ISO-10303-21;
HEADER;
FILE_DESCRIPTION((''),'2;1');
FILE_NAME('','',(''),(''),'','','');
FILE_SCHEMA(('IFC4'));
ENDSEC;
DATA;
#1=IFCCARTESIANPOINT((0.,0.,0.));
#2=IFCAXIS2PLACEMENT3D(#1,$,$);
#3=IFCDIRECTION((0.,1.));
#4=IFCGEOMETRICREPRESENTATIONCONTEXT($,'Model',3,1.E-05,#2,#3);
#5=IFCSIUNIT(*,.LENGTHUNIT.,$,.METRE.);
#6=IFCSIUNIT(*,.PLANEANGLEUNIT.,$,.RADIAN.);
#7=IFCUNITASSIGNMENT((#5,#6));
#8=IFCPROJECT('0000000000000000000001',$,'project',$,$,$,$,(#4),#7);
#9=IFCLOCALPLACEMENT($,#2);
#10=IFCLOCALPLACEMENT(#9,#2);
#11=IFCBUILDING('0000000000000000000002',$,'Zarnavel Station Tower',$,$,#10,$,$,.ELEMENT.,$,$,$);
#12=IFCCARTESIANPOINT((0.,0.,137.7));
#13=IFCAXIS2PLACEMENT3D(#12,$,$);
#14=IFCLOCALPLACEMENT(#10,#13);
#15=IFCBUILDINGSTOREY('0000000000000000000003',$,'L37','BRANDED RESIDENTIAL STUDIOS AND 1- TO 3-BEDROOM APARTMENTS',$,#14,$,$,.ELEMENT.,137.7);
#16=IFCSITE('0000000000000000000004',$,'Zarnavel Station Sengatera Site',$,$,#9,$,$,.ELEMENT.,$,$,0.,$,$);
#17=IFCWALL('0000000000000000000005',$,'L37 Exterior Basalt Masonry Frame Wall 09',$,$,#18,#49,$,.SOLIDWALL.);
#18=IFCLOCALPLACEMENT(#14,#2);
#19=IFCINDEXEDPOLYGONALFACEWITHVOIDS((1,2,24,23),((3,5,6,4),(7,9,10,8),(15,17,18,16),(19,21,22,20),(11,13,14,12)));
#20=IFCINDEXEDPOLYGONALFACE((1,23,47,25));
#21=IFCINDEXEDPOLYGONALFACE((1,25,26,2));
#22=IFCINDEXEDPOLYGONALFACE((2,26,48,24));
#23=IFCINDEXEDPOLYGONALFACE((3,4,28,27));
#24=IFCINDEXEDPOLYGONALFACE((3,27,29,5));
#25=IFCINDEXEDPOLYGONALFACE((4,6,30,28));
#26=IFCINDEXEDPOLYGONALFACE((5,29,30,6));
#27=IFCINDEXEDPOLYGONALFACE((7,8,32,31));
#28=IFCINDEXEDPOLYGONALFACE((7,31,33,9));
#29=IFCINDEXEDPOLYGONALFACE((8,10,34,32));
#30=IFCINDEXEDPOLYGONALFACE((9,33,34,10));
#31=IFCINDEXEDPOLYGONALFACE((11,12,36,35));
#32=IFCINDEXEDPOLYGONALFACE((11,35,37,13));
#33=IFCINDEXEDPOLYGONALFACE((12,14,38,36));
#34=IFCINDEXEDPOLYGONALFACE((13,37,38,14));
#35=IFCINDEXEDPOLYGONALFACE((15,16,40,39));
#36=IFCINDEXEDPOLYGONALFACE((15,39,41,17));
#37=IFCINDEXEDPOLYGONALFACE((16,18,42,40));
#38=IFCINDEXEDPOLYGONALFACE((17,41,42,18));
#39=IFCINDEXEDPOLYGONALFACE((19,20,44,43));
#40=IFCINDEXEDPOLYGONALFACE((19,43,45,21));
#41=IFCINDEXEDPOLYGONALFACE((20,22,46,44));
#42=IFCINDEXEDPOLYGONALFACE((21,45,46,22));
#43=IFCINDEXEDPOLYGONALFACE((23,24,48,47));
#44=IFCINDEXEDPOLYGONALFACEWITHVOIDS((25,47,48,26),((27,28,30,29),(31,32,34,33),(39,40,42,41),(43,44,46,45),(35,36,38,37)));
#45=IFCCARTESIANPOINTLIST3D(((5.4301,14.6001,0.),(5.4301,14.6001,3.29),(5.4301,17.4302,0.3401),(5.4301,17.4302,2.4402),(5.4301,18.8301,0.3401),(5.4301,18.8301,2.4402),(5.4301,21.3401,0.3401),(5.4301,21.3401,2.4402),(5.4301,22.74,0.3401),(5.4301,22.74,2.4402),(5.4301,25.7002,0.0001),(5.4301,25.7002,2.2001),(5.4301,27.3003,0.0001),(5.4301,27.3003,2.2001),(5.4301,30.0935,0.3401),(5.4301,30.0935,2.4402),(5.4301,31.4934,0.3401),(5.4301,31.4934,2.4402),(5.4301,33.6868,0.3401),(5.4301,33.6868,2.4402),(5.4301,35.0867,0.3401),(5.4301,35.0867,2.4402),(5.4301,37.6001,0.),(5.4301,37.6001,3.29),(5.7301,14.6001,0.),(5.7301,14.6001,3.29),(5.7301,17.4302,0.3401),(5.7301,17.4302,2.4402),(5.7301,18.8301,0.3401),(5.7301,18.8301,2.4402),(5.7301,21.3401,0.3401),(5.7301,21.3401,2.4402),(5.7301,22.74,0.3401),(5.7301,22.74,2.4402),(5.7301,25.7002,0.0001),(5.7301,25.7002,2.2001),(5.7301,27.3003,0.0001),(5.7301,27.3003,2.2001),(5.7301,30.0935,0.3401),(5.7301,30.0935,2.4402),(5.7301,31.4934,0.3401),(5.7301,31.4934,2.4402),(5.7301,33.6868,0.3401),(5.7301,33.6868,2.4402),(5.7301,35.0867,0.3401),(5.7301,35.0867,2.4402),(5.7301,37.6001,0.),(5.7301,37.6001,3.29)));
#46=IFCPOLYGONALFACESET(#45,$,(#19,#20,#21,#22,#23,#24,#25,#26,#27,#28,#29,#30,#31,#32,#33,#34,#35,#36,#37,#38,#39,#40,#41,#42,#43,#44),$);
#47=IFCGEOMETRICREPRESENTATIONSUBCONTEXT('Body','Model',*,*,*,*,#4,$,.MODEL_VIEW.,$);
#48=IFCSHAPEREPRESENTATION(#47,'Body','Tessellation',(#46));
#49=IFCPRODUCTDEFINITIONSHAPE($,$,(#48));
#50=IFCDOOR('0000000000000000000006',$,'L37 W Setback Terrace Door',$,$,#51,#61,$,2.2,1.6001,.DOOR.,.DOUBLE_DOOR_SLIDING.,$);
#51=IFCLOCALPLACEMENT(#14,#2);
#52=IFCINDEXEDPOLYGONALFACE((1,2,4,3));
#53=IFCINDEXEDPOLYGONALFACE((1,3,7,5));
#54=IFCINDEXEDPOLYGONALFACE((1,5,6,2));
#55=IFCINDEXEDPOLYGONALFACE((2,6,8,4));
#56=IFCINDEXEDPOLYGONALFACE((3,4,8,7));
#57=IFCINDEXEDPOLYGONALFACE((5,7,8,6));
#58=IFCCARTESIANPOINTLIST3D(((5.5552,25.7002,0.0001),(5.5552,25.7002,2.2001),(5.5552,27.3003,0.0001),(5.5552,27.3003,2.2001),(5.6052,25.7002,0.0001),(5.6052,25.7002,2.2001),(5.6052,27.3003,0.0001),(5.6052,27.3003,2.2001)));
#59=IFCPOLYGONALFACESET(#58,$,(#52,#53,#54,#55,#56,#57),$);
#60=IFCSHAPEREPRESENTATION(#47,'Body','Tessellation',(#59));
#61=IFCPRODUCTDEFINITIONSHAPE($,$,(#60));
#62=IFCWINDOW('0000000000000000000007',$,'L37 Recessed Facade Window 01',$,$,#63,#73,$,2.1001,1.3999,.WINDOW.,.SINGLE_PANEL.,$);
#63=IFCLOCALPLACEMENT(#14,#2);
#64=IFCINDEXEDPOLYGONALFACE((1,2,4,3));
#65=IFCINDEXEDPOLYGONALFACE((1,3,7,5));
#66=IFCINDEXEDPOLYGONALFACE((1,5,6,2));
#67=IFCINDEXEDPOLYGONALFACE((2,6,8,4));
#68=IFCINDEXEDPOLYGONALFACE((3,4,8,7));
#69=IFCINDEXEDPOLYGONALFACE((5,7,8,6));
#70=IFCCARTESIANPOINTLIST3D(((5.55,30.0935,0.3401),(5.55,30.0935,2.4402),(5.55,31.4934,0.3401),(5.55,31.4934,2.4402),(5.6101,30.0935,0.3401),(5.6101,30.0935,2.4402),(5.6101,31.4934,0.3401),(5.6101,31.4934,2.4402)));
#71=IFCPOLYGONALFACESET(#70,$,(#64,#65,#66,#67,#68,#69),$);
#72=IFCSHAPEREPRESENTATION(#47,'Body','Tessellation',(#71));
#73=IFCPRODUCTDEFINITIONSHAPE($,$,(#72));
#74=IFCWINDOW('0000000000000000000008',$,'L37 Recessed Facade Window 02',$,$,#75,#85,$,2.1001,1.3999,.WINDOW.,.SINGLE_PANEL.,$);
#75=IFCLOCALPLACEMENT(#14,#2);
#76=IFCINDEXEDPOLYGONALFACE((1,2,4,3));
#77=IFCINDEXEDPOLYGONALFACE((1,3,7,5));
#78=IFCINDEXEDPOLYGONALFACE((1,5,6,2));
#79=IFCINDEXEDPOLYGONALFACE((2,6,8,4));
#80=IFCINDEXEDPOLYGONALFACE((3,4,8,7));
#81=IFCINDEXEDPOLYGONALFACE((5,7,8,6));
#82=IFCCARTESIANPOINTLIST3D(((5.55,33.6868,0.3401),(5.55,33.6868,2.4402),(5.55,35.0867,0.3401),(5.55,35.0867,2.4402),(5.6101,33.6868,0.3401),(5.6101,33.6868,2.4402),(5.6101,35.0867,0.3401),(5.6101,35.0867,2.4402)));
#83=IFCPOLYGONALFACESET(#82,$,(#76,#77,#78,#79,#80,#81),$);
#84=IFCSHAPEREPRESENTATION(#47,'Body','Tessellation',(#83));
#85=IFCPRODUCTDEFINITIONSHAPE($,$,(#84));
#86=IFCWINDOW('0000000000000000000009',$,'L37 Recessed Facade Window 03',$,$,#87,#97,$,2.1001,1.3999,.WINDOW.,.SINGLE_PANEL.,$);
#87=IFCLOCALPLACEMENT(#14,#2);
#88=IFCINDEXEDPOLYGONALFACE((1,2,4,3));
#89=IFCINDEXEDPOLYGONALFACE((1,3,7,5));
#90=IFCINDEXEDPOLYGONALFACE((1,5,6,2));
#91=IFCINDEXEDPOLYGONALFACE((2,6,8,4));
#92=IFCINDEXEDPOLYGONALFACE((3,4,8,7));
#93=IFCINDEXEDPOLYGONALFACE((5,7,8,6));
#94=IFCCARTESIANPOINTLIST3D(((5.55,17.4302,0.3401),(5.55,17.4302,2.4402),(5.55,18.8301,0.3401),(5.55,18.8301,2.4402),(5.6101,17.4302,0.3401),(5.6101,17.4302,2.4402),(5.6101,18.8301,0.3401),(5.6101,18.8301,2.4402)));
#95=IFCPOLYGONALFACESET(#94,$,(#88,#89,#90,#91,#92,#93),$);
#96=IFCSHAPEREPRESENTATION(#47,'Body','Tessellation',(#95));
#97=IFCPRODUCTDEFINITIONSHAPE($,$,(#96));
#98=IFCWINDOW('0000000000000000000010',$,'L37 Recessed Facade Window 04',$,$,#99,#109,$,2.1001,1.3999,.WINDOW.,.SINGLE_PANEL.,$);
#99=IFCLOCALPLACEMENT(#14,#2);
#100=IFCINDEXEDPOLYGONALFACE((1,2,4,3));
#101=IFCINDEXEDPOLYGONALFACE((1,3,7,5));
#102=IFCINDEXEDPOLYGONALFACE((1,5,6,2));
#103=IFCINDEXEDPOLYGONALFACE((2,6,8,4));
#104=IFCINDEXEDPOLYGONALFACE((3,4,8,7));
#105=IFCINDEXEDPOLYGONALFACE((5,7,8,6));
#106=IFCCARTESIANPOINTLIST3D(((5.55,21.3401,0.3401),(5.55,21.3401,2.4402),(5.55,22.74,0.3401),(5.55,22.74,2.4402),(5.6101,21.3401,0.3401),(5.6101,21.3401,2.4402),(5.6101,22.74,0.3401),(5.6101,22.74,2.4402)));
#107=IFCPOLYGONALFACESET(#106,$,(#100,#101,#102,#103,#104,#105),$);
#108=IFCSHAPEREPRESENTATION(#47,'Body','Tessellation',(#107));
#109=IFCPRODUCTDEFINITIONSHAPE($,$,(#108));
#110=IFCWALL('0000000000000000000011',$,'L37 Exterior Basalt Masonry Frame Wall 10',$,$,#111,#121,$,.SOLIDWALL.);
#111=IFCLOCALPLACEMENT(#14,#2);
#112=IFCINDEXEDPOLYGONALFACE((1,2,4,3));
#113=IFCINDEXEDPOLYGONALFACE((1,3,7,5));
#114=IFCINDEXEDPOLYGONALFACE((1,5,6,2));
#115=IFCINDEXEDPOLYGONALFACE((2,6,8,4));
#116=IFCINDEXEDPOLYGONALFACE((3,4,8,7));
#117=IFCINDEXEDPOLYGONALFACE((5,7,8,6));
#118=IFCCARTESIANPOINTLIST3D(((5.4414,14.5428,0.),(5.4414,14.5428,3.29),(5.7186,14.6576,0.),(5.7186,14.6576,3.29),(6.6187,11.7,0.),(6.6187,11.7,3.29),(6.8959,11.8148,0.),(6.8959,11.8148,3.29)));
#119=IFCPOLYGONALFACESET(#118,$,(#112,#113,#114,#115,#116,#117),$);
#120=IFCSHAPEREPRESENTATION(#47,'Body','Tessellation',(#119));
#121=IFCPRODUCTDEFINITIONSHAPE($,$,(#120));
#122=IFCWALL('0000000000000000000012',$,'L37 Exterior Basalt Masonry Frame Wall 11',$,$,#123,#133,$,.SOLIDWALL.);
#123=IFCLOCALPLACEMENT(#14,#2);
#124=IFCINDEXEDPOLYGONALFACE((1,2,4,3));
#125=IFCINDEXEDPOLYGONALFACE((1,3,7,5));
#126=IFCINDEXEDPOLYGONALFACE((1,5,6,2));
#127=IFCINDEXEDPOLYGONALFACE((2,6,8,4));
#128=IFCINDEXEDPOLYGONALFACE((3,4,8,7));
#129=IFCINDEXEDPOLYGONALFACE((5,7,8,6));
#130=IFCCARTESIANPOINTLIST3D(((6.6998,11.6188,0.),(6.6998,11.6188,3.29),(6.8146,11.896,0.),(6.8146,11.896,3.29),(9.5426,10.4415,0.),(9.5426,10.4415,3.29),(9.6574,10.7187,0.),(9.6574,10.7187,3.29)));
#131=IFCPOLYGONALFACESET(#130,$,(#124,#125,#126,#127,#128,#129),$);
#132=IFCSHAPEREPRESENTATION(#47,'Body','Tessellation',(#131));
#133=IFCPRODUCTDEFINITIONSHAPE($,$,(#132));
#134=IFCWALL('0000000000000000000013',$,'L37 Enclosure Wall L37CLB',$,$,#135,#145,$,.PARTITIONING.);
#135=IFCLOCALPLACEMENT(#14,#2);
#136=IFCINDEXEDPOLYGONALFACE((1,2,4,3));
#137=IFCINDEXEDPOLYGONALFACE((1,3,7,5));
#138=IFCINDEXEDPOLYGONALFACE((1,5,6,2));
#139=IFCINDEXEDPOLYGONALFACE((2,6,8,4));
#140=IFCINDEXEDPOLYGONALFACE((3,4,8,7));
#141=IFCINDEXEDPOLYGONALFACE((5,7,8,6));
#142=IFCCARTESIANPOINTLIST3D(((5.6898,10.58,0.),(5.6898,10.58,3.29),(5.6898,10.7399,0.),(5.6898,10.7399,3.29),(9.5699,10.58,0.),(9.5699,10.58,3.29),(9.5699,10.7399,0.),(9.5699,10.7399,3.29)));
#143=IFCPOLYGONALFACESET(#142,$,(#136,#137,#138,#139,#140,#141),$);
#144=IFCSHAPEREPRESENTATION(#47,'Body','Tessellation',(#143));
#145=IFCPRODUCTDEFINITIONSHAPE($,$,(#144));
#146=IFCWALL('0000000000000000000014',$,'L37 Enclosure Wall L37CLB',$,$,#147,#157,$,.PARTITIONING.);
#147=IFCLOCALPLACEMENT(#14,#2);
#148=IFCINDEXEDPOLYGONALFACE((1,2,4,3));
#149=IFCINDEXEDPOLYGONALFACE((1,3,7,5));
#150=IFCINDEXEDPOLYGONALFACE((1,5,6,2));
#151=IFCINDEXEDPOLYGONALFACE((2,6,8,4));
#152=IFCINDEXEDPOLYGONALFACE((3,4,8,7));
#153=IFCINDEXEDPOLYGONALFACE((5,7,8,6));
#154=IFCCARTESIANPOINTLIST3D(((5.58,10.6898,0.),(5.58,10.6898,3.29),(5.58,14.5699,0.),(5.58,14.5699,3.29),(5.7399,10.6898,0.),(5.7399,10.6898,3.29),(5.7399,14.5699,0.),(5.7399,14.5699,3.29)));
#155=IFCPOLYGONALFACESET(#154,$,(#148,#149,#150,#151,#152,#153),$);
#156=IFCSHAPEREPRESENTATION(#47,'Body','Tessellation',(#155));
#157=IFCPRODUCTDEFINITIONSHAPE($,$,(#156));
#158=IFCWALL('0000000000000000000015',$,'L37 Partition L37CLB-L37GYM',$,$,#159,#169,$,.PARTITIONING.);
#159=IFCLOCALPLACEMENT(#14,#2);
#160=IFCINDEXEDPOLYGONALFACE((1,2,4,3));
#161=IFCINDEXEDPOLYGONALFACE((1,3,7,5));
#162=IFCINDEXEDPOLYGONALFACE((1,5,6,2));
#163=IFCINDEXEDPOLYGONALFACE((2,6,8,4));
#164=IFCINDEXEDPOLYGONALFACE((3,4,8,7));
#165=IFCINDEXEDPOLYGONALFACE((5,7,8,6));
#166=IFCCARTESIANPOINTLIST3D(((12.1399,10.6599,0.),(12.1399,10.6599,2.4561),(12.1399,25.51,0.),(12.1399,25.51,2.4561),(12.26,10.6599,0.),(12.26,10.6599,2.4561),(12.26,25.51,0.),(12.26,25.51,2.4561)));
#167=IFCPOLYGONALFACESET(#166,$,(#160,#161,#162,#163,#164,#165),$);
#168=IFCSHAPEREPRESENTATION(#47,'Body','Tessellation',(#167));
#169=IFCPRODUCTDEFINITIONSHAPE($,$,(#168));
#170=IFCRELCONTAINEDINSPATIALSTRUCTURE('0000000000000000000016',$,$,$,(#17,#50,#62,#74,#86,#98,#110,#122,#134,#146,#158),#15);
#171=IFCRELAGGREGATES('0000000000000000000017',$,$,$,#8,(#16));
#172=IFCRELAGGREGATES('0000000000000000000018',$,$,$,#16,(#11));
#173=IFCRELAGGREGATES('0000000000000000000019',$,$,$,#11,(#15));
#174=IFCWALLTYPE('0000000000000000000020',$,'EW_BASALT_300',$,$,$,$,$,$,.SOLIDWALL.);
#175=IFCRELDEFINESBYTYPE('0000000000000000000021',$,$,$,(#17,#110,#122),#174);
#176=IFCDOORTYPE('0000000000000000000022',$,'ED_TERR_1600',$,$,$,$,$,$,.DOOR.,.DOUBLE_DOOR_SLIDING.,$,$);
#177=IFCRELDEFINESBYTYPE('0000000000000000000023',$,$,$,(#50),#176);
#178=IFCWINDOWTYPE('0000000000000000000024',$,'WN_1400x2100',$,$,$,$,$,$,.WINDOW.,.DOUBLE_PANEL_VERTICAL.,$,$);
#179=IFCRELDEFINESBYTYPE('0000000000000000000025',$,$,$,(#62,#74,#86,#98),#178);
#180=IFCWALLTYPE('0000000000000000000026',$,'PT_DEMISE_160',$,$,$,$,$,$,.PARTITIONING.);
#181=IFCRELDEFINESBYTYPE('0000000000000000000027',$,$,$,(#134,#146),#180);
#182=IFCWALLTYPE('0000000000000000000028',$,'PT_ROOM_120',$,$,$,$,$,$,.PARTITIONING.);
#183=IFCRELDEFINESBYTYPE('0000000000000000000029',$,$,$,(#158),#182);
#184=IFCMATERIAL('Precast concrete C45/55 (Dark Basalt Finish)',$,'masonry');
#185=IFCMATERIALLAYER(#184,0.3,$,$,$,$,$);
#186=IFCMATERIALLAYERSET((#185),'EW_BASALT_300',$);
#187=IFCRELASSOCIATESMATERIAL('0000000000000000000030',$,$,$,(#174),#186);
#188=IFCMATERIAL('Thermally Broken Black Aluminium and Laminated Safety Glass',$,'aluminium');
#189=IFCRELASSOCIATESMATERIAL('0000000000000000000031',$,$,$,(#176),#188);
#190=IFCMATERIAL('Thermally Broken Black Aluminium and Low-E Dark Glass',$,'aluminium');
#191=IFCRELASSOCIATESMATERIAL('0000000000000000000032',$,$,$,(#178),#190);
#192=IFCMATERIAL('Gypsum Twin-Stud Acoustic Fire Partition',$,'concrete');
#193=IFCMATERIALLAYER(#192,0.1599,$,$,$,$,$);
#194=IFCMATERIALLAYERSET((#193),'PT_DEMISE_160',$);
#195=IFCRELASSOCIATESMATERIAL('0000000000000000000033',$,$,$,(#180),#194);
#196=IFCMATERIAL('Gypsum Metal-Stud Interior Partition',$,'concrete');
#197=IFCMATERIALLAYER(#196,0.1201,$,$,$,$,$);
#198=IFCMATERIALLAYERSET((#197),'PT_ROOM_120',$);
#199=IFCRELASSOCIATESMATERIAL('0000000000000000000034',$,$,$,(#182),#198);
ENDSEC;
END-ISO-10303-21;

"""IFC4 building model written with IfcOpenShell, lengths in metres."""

from ifc_helpers import new_model, si_unit, direction, frame, frame_2d, origin, place, context, subcontext, project, spatial, rectangle, extrude, material, layer, layer_set, type_object, element, fill, save


model = new_model("IFC4")

# Units and contexts
model_context = context("Model", 3, precision=1e-05, world=origin(), true_north=direction((0.0, 1.0)))
body_context = subcontext(model_context, "Body", "Model", "MODEL_VIEW")
ifc_project = project(units=[si_unit("LENGTHUNIT", "METRE"), si_unit("PLANEANGLEUNIT", "RADIAN")], contexts=[model_context])

# Site, building, storey
site_placement = place(None, origin())
site = spatial("IfcSite", under=ifc_project, at=site_placement, Name="Zarnavel Station Sengatera Site", CompositionType="ELEMENT", RefElevation=0.0)
building_placement = place(site_placement, origin())
building = spatial("IfcBuilding", under=site, at=building_placement, Name="Zarnavel Station Tower", CompositionType="ELEMENT")
storey_placement = place(building_placement, frame((0.0, 0.0, 137.7)))
storey = spatial("IfcBuildingStorey", under=building, at=storey_placement, Name="L37", Description="BRANDED RESIDENTIAL STUDIOS AND 1- TO 3-BEDROOM APARTMENTS", CompositionType="ELEMENT", Elevation=137.7)

# Wall, openings, door, windows
ifc_material_1 = material(Name="Precast concrete C45/55 (Dark Basalt Finish)", Category="masonry")
ifc_layer_1 = layer(ifc_material_1, 0.3)
ifc_layer_set_1 = layer_set([ifc_layer_1], Name="EW_BASALT_300")
wall_type_1 = type_object("IfcWallType", Name="EW_BASALT_300", PredefinedType="SOLIDWALL", material=ifc_layer_set_1)
wall_1_placement = place(storey_placement, frame((5.5801, 14.6001, 0.0), z_axis=(0.0, 0.0, 1.0), x_axis=(0.0, 1.0, 0.0)))
wall_1 = element("IfcWall", 1, at=wall_1_placement, inside=storey, type_object=wall_type_1, Name="L37 Exterior Basalt Masonry Frame Wall 09", PredefinedType="SOLIDWALL", context=body_context, shape_type="SweptSolid", body=[
    extrude(rectangle(XDim=23.0, YDim=0.3, at=frame_2d((11.5, 0.0))), origin(), (0.0, 0.0, 1.0), 3.29),
])
opening_1_placement = place(wall_1_placement, frame((11.1001, 0.0, 0.0)))
opening_1 = element("IfcOpeningElement", 2, at=opening_1_placement, cuts=wall_1, PredefinedType="OPENING", context=body_context, shape_type="SweptSolid", body=[
    extrude(rectangle(XDim=1.6001, YDim=2.2, at=frame_2d((0.8, 1.1001))), frame((0.0, 0.1599, 0.0), z_axis=(0.0, -1.0, 0.0), x_axis=(1.0, 0.0, 0.0)), (0.0, 0.0, 1.0), 0.3201),
])
opening_2_placement = place(wall_1_placement, frame((15.4934, 0.0, 0.3401)))
opening_2 = element("IfcOpeningElement", 3, at=opening_2_placement, cuts=wall_1, PredefinedType="OPENING", context=body_context, shape_type="SweptSolid", body=[
    extrude(rectangle(XDim=1.3999, YDim=2.1001, at=frame_2d((0.7, 1.05))), frame((0.0, 0.1599, 0.0), z_axis=(0.0, -1.0, 0.0), x_axis=(1.0, 0.0, 0.0)), (0.0, 0.0, 1.0), 0.3201),
])
opening_3_placement = place(wall_1_placement, frame((19.0867, 0.0, 0.3401)))
opening_3 = element("IfcOpeningElement", 4, at=opening_3_placement, cuts=wall_1, PredefinedType="OPENING", context=body_context, shape_type="SweptSolid", body=[
    extrude(rectangle(XDim=1.3999, YDim=2.1001, at=frame_2d((0.7, 1.05))), frame((0.0, 0.1599, 0.0), z_axis=(0.0, -1.0, 0.0), x_axis=(1.0, 0.0, 0.0)), (0.0, 0.0, 1.0), 0.3201),
])
opening_4_placement = place(wall_1_placement, frame((2.8301, 0.0, 0.3401)))
opening_4 = element("IfcOpeningElement", 5, at=opening_4_placement, cuts=wall_1, PredefinedType="OPENING", context=body_context, shape_type="SweptSolid", body=[
    extrude(rectangle(XDim=1.3999, YDim=2.1001, at=frame_2d((0.7, 1.05))), frame((0.0, 0.1599, 0.0), z_axis=(0.0, -1.0, 0.0), x_axis=(1.0, 0.0, 0.0)), (0.0, 0.0, 1.0), 0.3201),
])
opening_5_placement = place(wall_1_placement, frame((6.74, 0.0, 0.3401)))
opening_5 = element("IfcOpeningElement", 6, at=opening_5_placement, cuts=wall_1, PredefinedType="OPENING", context=body_context, shape_type="SweptSolid", body=[
    extrude(rectangle(XDim=1.3999, YDim=2.1001, at=frame_2d((0.7, 1.05))), frame((0.0, 0.1599, 0.0), z_axis=(0.0, -1.0, 0.0), x_axis=(1.0, 0.0, 0.0)), (0.0, 0.0, 1.0), 0.3201),
])
ifc_material_2 = material(Name="Thermally Broken Black Aluminium and Laminated Safety Glass", Category="aluminium")
door_type = type_object("IfcDoorType", Name="ED_TERR_1600", OperationType="DOUBLE_DOOR_SLIDING", PredefinedType="DOOR", material=ifc_material_2)
door_placement = place(opening_1_placement, origin())
door = element("IfcDoor", 7, at=door_placement, inside=storey, type_object=door_type, Name="L37 W Setback Terrace Door", OperationType="DOUBLE_DOOR_SLIDING", OverallHeight=2.2, OverallWidth=1.6001, PredefinedType="DOOR", context=body_context, shape_type="SweptSolid", body=[
    extrude(rectangle(XDim=1.6001, YDim=2.2, at=frame_2d((0.8, 1.1001))), frame((0.0, 0.0249, 0.0), z_axis=(0.0, -1.0, 0.0), x_axis=(1.0, 0.0, 0.0)), (0.0, 0.0, 1.0), 0.05),
])
fill(opening_1, door)
ifc_material_3 = material(Name="Thermally Broken Black Aluminium and Low-E Dark Glass", Category="aluminium")
window_type = type_object("IfcWindowType", Name="WN_1400x2100", PartitioningType="DOUBLE_PANEL_VERTICAL", PredefinedType="WINDOW", material=ifc_material_3)
window_1_placement = place(opening_2_placement, origin())
window_1 = element("IfcWindow", 8, at=window_1_placement, inside=storey, type_object=window_type, Name="L37 Recessed Facade Window 01", OverallHeight=2.1001, OverallWidth=1.3999, PartitioningType="SINGLE_PANEL", PredefinedType="WINDOW", context=body_context, shape_type="SweptSolid", body=[
    extrude(rectangle(XDim=1.3999, YDim=2.1001, at=frame_2d((0.7, 1.05))), frame((0.0, 0.03, 0.0), z_axis=(0.0, -1.0, 0.0), x_axis=(1.0, 0.0, 0.0)), (0.0, 0.0, 1.0), 0.0601),
])
fill(opening_2, window_1)
window_2_placement = place(opening_3_placement, origin())
window_2 = element("IfcWindow", 9, at=window_2_placement, inside=storey, type_object=window_type, Name="L37 Recessed Facade Window 02", OverallHeight=2.1001, OverallWidth=1.3999, PartitioningType="SINGLE_PANEL", PredefinedType="WINDOW", context=body_context, shape_type="SweptSolid", body=[
    extrude(rectangle(XDim=1.3999, YDim=2.1001, at=frame_2d((0.7, 1.05))), frame((0.0, 0.03, 0.0), z_axis=(0.0, -1.0, 0.0), x_axis=(1.0, 0.0, 0.0)), (0.0, 0.0, 1.0), 0.0601),
])
fill(opening_3, window_2)
window_3_placement = place(opening_4_placement, origin())
window_3 = element("IfcWindow", 10, at=window_3_placement, inside=storey, type_object=window_type, Name="L37 Recessed Facade Window 03", OverallHeight=2.1001, OverallWidth=1.3999, PartitioningType="SINGLE_PANEL", PredefinedType="WINDOW", context=body_context, shape_type="SweptSolid", body=[
    extrude(rectangle(XDim=1.3999, YDim=2.1001, at=frame_2d((0.7, 1.05))), frame((0.0, 0.03, 0.0), z_axis=(0.0, -1.0, 0.0), x_axis=(1.0, 0.0, 0.0)), (0.0, 0.0, 1.0), 0.0601),
])
fill(opening_4, window_3)
window_4_placement = place(opening_5_placement, origin())
window_4 = element("IfcWindow", 11, at=window_4_placement, inside=storey, type_object=window_type, Name="L37 Recessed Facade Window 04", OverallHeight=2.1001, OverallWidth=1.3999, PartitioningType="SINGLE_PANEL", PredefinedType="WINDOW", context=body_context, shape_type="SweptSolid", body=[
    extrude(rectangle(XDim=1.3999, YDim=2.1001, at=frame_2d((0.7, 1.05))), frame((0.0, 0.03, 0.0), z_axis=(0.0, -1.0, 0.0), x_axis=(1.0, 0.0, 0.0)), (0.0, 0.0, 1.0), 0.0601),
])
fill(opening_5, window_4)

# Walls
for number, where, z_axis, x_axis, name in (
    (12, (6.7573, 11.7573, 0.0), (0.0, 0.0, 1.0), (-0.382609, 0.92391, 0.0), "L37 Exterior Basalt Masonry Frame Wall 10"),
    (13, (9.6001, 10.5801, 0.0), (0.0, 0.0, 1.0), (-0.92391, 0.382609, 0.0), "L37 Exterior Basalt Masonry Frame Wall 11"),
):
    element("IfcWall", number, at=place(storey_placement, frame(where, z_axis=z_axis, x_axis=x_axis)), inside=storey, type_object=wall_type_1, Name=name, PredefinedType="SOLIDWALL", context=body_context, shape_type="SweptSolid", body=[
        extrude(rectangle(XDim=3.0769, YDim=0.3, at=frame_2d((1.5386, 0.0))), origin(), (0.0, 0.0, 1.0), 3.29),
    ])
ifc_material_4 = material(Name="Gypsum Twin-Stud Acoustic Fire Partition", Category="concrete")
ifc_layer_2 = layer(ifc_material_4, 0.1599)
ifc_layer_set_2 = layer_set([ifc_layer_2], Name="PT_DEMISE_160")
wall_type_2 = type_object("IfcWallType", Name="PT_DEMISE_160", PredefinedType="PARTITIONING", material=ifc_layer_set_2)
for number, where, z_axis, x_axis, name in (
    (14, (5.6899, 10.6599, 0.0), (0.0, 0.0, 1.0), (1.0, 0.0, 0.0), "L37 Enclosure Wall L37CLB"),
    (15, (5.6599, 10.6899, 0.0), (0.0, 0.0, 1.0), (0.0, 1.0, 0.0), "L37 Enclosure Wall L37CLB"),
):
    element("IfcWall", number, at=place(storey_placement, frame(where, z_axis=z_axis, x_axis=x_axis)), inside=storey, type_object=wall_type_2, Name=name, PredefinedType="PARTITIONING", context=body_context, shape_type="SweptSolid", body=[
        extrude(rectangle(XDim=3.8801, YDim=0.1599, at=frame_2d((1.9399, 0.0))), origin(), (0.0, 0.0, 1.0), 3.29),
    ])
ifc_material_5 = material(Name="Gypsum Metal-Stud Interior Partition", Category="concrete")
ifc_layer_3 = layer(ifc_material_5, 0.1201)
ifc_layer_set_3 = layer_set([ifc_layer_3], Name="PT_ROOM_120")
wall_type_3 = type_object("IfcWallType", Name="PT_ROOM_120", PredefinedType="PARTITIONING", material=ifc_layer_set_3)
wall_2_placement = place(storey_placement, frame((12.2, 10.6599, 0.0), z_axis=(0.0, 0.0, 1.0), x_axis=(0.0, 1.0, 0.0)))
element("IfcWall", 16, at=wall_2_placement, inside=storey, type_object=wall_type_3, Name="L37 Partition L37CLB-L37GYM", PredefinedType="PARTITIONING", context=body_context, shape_type="SweptSolid", body=[
    extrude(rectangle(XDim=14.8501, YDim=0.1201, at=frame_2d((7.425, 0.0))), origin(), (0.0, 0.0, 1.0), 2.4561),
])

save(model, "model.ifc")
